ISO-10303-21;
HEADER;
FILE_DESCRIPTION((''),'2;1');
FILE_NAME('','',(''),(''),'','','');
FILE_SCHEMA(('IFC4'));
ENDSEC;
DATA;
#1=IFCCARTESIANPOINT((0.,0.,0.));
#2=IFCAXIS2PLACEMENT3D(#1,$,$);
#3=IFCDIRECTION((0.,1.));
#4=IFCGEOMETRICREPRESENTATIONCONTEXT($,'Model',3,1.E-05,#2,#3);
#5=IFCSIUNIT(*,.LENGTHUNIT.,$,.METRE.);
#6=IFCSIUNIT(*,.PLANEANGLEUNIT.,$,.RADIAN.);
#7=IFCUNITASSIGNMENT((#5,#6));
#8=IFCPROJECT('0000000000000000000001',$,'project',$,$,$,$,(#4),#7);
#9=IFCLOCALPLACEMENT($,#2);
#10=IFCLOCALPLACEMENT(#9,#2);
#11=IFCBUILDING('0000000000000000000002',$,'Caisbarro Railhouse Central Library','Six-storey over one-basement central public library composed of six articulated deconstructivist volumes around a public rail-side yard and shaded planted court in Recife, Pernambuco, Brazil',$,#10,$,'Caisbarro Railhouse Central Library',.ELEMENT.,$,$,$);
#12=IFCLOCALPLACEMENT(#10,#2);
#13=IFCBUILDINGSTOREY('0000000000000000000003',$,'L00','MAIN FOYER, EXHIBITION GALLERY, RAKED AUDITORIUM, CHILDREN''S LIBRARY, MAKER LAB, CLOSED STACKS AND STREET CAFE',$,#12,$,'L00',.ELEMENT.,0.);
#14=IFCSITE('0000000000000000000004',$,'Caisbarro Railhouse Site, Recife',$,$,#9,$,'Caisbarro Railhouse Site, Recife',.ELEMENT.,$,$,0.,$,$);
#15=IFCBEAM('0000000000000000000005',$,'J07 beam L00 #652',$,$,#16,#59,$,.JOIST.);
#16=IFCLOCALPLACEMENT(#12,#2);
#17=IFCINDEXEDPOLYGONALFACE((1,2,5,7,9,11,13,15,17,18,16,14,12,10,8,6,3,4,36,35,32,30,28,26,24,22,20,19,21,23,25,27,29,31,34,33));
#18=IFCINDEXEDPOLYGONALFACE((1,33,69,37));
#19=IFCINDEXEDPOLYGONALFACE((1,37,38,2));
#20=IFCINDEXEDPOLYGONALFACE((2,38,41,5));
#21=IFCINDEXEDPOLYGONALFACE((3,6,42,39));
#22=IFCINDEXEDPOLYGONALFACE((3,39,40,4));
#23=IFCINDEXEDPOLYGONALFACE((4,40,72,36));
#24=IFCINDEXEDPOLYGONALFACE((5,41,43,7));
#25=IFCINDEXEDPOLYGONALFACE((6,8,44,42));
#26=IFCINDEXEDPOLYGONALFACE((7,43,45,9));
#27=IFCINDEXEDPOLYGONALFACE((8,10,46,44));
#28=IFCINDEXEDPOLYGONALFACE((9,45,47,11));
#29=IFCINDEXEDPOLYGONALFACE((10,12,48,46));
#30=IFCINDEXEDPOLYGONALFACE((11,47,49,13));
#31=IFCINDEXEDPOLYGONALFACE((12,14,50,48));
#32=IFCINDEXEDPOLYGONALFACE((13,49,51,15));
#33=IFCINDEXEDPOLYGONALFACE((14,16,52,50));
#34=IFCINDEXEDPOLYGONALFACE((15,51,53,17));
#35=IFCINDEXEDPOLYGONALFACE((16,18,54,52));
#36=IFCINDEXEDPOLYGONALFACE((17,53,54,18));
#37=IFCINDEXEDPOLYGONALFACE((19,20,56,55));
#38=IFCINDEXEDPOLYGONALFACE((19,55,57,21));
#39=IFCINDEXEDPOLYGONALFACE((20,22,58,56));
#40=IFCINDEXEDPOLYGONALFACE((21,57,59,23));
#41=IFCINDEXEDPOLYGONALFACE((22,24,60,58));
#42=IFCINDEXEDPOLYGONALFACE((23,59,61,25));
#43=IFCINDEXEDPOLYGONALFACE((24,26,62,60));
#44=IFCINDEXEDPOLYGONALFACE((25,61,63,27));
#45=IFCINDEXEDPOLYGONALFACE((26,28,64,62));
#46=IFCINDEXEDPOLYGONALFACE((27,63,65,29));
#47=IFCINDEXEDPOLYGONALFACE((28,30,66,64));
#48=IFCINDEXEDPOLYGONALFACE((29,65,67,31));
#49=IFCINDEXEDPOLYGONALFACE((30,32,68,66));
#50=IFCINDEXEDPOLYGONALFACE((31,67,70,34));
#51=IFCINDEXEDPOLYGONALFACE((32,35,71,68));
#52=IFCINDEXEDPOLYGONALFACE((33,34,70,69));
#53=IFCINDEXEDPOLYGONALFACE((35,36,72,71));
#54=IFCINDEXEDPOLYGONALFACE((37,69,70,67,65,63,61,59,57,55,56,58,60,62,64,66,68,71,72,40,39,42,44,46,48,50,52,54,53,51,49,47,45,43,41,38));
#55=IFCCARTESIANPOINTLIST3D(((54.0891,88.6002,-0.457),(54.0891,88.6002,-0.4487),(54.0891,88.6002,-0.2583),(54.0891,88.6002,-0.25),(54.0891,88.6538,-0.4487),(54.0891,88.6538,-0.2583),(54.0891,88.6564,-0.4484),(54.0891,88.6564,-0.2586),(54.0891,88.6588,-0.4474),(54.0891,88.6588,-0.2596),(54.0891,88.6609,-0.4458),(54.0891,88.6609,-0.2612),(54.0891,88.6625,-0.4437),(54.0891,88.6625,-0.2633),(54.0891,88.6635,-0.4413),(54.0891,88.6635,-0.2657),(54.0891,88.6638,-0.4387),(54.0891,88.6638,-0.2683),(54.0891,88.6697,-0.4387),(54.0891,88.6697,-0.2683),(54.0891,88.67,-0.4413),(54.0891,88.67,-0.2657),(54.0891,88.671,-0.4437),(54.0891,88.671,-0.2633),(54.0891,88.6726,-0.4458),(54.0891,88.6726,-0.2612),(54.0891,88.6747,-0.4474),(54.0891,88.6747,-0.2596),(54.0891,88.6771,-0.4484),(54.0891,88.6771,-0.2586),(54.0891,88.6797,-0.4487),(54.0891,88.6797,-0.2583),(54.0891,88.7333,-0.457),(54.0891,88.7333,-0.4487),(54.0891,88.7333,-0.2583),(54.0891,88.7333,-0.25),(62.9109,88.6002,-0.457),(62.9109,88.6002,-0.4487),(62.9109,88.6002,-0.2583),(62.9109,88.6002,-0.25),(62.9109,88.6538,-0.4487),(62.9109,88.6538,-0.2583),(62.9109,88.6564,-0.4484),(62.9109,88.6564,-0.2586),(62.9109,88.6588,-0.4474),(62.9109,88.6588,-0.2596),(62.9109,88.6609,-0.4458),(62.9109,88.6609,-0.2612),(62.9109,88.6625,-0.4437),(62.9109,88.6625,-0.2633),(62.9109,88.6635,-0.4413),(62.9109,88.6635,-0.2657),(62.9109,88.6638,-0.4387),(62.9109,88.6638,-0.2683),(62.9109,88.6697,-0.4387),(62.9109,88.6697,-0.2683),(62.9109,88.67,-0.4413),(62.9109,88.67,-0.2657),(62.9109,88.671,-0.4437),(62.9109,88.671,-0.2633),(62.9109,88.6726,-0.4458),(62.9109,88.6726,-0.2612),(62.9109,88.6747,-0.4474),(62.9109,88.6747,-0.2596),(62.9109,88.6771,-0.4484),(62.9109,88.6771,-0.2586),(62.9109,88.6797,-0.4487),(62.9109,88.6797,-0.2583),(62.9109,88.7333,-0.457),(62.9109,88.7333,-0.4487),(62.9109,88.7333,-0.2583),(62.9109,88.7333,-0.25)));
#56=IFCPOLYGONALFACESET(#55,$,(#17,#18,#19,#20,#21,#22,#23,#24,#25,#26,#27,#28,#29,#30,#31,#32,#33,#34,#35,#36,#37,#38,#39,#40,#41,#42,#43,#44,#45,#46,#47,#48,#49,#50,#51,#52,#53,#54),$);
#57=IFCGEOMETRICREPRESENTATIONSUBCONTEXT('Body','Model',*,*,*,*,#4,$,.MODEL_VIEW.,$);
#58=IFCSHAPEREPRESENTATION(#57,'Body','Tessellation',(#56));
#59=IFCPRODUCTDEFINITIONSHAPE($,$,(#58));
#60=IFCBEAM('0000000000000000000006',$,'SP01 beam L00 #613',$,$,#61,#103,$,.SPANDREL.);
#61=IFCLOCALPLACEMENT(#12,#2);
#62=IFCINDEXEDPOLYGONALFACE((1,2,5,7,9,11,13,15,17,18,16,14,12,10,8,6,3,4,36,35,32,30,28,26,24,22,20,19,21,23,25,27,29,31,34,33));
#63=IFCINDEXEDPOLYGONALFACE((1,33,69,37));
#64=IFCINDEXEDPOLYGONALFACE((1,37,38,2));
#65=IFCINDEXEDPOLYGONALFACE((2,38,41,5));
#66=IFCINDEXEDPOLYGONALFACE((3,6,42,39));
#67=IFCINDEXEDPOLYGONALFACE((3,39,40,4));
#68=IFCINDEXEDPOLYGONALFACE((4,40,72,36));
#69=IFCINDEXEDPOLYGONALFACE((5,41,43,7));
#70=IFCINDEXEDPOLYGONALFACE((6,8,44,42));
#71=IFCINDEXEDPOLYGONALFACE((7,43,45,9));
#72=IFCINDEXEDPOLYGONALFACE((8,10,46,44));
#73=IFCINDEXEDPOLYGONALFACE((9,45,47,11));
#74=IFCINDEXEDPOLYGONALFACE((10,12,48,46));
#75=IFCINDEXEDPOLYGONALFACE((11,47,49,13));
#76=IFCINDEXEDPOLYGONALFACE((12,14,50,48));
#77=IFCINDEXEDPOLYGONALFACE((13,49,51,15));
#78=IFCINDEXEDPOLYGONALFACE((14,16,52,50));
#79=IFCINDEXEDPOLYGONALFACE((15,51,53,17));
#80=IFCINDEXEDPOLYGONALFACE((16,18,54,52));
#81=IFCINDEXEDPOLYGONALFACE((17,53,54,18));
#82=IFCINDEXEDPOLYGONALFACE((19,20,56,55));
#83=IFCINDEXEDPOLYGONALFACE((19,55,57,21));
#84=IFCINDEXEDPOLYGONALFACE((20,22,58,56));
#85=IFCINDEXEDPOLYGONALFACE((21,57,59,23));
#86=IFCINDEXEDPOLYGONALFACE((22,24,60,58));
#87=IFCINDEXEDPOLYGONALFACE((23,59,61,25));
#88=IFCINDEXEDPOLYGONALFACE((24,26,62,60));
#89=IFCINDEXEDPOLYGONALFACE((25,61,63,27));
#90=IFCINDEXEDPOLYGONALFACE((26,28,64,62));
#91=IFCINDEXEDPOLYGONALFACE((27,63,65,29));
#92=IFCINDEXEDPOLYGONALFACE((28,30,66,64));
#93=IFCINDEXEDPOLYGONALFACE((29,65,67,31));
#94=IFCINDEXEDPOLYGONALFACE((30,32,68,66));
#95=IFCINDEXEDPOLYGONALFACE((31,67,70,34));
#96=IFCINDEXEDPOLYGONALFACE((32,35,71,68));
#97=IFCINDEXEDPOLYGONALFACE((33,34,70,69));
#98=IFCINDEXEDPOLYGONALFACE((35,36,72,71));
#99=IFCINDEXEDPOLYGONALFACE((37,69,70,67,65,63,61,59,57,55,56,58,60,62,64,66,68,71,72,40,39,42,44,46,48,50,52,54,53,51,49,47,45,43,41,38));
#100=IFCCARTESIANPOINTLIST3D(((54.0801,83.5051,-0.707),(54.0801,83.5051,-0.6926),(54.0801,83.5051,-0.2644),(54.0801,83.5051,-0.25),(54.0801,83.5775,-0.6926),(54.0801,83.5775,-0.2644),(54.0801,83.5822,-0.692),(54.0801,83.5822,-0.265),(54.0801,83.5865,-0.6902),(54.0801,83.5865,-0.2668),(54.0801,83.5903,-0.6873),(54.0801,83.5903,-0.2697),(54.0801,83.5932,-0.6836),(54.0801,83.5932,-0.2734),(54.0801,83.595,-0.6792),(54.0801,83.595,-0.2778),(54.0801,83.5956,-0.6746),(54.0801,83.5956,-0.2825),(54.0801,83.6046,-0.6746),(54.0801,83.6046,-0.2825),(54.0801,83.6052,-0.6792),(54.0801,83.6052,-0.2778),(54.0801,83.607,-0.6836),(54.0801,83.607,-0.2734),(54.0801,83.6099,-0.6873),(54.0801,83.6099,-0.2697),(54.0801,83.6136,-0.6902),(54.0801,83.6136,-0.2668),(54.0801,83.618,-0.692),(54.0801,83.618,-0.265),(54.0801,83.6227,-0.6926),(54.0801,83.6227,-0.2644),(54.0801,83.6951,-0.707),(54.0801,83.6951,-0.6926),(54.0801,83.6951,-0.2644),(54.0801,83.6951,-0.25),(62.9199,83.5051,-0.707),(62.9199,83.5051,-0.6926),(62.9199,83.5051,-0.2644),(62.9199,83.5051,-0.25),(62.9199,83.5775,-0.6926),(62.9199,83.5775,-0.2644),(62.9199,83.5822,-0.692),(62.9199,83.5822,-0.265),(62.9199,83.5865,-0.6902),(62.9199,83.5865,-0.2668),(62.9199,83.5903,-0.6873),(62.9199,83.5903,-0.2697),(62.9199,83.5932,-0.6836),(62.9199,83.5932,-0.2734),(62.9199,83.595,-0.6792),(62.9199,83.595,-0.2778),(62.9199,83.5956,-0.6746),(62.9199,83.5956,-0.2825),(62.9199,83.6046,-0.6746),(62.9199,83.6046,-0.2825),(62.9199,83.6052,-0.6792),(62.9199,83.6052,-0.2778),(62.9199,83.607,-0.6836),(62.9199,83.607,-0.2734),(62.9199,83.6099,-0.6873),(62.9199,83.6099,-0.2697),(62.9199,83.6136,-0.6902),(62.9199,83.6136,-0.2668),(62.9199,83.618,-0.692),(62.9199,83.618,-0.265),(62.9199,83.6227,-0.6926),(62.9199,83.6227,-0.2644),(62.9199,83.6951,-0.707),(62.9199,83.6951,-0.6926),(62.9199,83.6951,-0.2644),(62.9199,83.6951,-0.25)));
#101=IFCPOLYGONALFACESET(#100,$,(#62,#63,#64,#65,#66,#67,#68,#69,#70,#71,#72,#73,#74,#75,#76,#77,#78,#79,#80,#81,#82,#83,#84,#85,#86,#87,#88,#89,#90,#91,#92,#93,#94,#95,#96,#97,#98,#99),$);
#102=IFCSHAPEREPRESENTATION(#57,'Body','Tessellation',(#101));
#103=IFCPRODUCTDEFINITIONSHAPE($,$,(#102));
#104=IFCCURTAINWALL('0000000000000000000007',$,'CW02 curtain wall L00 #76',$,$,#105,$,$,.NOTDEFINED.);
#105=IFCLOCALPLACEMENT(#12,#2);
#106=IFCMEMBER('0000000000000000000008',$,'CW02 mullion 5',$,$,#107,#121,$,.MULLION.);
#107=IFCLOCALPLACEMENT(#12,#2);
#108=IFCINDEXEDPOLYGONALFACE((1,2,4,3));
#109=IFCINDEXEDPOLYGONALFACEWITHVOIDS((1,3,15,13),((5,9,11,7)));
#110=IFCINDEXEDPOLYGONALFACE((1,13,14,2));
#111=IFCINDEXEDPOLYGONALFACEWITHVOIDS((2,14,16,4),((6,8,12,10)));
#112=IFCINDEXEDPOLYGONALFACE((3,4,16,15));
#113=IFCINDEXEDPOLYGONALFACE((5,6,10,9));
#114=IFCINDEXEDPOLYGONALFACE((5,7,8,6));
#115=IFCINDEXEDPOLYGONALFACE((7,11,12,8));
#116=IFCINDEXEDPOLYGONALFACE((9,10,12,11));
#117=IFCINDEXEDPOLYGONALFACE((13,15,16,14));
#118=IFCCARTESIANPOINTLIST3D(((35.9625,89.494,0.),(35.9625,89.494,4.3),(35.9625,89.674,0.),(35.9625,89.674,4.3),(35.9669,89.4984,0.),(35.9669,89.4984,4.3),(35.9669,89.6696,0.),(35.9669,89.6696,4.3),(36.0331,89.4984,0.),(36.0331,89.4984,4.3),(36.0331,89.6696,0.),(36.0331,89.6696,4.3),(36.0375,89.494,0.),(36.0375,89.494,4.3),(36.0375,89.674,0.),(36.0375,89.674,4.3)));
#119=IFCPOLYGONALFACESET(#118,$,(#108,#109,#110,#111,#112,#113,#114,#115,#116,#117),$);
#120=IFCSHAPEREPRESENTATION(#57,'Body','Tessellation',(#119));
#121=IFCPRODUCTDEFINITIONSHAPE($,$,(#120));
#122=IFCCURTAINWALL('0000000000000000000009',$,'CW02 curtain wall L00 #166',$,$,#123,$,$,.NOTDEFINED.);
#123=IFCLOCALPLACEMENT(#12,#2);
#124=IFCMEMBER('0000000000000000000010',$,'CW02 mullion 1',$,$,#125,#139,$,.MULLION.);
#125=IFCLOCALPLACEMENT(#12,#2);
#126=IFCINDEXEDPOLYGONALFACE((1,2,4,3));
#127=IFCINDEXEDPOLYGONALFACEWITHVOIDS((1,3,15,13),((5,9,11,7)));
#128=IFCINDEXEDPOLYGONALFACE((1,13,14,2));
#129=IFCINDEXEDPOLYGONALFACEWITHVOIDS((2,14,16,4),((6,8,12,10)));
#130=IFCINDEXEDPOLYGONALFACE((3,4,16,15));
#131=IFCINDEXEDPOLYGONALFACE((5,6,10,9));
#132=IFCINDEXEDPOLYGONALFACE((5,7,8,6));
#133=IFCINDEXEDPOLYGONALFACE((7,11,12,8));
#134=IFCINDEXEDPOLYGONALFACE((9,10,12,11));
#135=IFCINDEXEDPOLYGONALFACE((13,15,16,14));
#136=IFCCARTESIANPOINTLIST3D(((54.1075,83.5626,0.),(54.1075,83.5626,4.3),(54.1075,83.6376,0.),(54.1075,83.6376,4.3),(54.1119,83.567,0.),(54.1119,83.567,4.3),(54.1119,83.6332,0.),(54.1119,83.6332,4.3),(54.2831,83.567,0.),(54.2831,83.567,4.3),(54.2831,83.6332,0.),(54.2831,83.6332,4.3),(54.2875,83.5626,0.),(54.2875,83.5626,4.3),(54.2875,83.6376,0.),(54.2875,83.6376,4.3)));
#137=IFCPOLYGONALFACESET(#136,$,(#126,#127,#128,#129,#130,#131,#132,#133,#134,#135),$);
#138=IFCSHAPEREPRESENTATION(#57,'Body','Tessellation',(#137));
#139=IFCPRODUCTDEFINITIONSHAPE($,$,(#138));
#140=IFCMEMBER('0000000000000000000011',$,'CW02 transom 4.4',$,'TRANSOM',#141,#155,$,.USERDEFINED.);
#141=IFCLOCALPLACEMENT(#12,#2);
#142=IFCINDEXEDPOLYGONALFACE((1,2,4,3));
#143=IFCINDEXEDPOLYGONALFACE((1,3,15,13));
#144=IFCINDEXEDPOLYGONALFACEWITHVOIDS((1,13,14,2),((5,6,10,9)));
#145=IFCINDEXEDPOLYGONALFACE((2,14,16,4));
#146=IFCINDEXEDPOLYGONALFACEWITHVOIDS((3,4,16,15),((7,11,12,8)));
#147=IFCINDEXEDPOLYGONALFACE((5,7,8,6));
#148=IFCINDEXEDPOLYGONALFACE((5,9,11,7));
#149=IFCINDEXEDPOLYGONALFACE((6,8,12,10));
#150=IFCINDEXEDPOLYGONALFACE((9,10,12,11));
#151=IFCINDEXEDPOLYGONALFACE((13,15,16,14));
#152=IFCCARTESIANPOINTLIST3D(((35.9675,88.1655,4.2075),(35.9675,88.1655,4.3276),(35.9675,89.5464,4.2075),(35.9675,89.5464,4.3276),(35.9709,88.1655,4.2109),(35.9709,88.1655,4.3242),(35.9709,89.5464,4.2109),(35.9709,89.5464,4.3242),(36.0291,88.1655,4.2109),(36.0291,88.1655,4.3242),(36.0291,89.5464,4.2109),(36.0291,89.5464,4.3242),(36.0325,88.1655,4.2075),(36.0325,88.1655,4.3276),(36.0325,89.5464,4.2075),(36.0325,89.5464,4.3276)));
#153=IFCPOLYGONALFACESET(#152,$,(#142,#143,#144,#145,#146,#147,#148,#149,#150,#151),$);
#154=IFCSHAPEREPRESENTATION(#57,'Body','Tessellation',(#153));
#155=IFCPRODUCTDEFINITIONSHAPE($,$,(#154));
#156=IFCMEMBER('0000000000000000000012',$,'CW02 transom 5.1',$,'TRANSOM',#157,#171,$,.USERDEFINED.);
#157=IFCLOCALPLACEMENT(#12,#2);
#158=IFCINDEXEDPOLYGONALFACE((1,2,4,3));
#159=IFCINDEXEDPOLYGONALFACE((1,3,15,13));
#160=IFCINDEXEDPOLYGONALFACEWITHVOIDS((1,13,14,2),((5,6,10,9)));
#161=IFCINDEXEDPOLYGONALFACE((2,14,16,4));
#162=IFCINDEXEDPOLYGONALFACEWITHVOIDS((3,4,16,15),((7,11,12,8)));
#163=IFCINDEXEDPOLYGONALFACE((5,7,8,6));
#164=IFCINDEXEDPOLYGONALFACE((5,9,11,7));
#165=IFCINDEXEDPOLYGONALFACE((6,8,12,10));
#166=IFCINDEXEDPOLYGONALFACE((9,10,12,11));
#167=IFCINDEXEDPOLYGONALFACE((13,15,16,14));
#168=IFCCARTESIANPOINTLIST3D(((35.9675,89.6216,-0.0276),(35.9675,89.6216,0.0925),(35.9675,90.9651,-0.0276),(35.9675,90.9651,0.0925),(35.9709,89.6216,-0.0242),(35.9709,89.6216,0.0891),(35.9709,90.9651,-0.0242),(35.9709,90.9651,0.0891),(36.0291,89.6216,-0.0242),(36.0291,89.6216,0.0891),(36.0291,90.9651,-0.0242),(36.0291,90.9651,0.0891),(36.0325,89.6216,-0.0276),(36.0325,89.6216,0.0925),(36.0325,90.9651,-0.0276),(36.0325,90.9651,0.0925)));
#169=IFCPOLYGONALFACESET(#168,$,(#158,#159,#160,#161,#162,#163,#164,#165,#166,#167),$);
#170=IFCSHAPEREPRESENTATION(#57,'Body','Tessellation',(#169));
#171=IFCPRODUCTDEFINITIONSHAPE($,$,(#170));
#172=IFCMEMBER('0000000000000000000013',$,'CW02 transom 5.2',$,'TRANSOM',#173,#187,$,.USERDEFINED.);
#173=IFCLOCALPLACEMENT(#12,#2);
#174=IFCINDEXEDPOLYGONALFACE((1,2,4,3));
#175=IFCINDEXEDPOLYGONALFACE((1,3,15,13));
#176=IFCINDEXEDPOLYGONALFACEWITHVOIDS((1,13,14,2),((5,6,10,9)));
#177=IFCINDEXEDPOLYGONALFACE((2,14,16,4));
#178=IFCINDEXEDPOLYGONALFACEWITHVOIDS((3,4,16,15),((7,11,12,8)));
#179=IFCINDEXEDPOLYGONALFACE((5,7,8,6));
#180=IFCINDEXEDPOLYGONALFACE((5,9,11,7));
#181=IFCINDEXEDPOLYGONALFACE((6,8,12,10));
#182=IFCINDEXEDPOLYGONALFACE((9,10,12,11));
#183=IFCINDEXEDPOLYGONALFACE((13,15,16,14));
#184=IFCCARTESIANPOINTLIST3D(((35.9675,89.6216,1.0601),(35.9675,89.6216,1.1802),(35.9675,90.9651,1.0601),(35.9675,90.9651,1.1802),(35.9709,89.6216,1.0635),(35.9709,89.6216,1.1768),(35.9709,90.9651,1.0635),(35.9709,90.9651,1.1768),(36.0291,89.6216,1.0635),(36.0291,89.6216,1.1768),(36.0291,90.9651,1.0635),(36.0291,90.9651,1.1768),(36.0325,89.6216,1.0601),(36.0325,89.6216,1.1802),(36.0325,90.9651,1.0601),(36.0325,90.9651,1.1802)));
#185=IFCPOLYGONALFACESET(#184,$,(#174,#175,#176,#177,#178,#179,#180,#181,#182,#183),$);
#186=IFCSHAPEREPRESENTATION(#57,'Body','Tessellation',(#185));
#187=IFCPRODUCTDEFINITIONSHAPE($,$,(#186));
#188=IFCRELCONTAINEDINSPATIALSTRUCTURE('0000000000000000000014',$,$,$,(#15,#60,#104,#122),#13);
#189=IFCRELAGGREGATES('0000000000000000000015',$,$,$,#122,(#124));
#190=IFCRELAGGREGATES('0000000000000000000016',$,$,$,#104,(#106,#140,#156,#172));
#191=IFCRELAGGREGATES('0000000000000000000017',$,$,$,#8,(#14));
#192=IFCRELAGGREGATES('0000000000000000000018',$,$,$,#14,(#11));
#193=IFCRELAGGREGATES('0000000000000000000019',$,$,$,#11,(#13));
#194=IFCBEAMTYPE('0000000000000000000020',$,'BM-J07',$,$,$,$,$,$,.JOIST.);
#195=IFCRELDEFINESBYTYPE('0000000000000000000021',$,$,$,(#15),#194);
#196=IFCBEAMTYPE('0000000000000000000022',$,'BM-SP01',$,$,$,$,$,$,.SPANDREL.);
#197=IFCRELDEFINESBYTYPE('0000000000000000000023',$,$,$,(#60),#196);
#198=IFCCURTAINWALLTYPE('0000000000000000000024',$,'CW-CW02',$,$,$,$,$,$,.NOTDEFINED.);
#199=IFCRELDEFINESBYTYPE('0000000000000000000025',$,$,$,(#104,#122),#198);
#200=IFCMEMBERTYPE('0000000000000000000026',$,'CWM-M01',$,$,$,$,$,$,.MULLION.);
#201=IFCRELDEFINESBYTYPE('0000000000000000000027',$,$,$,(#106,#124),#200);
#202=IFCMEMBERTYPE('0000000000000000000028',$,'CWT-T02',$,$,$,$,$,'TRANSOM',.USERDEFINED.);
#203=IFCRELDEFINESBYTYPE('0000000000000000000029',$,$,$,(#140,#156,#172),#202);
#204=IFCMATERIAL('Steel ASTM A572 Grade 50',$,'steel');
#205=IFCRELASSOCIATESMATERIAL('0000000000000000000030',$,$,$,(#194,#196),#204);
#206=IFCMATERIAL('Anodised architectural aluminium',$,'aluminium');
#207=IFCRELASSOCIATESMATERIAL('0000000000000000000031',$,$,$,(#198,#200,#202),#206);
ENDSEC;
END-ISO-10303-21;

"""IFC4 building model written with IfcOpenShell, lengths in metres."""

from ifc_helpers import new_model, si_unit, direction, frame, origin, origin_2d, place, context, subcontext, project, spatial, hollow_rectangle, i_section, extrude, material, material_profile, profile_set, type_object, element, aggregate, save


model = new_model("IFC4")

# Units and contexts
model_context = context("Model", 3, precision=1e-05, world=origin(), true_north=direction((0.0, 1.0)))
body_context = subcontext(model_context, "Body", "Model", "MODEL_VIEW")
ifc_project = project(units=[si_unit("LENGTHUNIT", "METRE"), si_unit("PLANEANGLEUNIT", "RADIAN")], contexts=[model_context])

# Site, building, storey
site_placement = place(None, origin())
site = spatial("IfcSite", under=ifc_project, at=site_placement, Name="Caisbarro Railhouse Site, Recife", LongName="Caisbarro Railhouse Site, Recife", CompositionType="ELEMENT", RefElevation=0.0)
building_placement = place(site_placement, origin())
building = spatial("IfcBuilding", under=site, at=building_placement, Name="Caisbarro Railhouse Central Library", Description="Six-storey over one-basement central public library composed of six articulated deconstructivist volumes around a public rail-side yard and shaded planted court in Recife, Pernambuco, Brazil", LongName="Caisbarro Railhouse Central Library", CompositionType="ELEMENT")
storey_placement = place(building_placement, origin())
storey = spatial("IfcBuildingStorey", under=building, at=storey_placement, Name="L00", Description="MAIN FOYER, EXHIBITION GALLERY, RAKED AUDITORIUM, CHILDREN'S LIBRARY, MAKER LAB, CLOSED STACKS AND STREET CAFE", LongName="L00", CompositionType="ELEMENT", Elevation=0.0)

# Shared definitions
ifc_material_1 = material(Name="Steel ASTM A572 Grade 50", Category="steel")

# Beams
ifc_material_profile_1 = material_profile(ifc_material_1, i_section(OverallWidth=0.1331, OverallDepth=0.207, WebThickness=0.0059, FlangeThickness=0.0083, FilletRadius=0.01, at=origin_2d()), Name="W200X26.6")
ifc_profile_set_1 = profile_set([ifc_material_profile_1], Name="Steel ASTM A572 Grade 50")
beam_type_1 = type_object("IfcBeamType", Name="BM-J07", PredefinedType="JOIST", material=ifc_profile_set_1)
for number, where, z_axis, x_axis, name in (
    (1, (54.0891, 88.6667, -0.3535), (1.0, 0.0, 0.0), (0.0, 1.0, 0.0), "J07 beam L00 #652"),
):
    element("IfcBeam", number, at=place(storey_placement, frame(where, z_axis=z_axis, x_axis=x_axis)), inside=storey, type_object=beam_type_1, Name=name, PredefinedType="JOIST", context=body_context, shape_type="SweptSolid", body=[
        extrude(i_section(OverallWidth=0.1331, OverallDepth=0.207, WebThickness=0.0059, FlangeThickness=0.0083, FilletRadius=0.01, at=origin_2d()), origin(), (0.0, 0.0, 1.0), 8.8218),
    ])
ifc_material_profile_2 = material_profile(ifc_material_1, i_section(OverallWidth=0.1899, OverallDepth=0.457, WebThickness=0.009, FlangeThickness=0.0144, FilletRadius=0.0181, at=origin_2d()), Name="W460X74.0")
ifc_profile_set_2 = profile_set([ifc_material_profile_2], Name="Steel ASTM A572 Grade 50")
beam_type_2 = type_object("IfcBeamType", Name="BM-SP01", PredefinedType="SPANDREL", material=ifc_profile_set_2)
beam_1_placement = place(storey_placement, frame((54.0801, 83.6001, -0.4785), z_axis=(1.0, 0.0, 0.0), x_axis=(0.0, 1.0, 0.0)))
element("IfcBeam", 2, at=beam_1_placement, inside=storey, type_object=beam_type_2, Name="SP01 beam L00 #613", PredefinedType="SPANDREL", context=body_context, shape_type="SweptSolid", body=[
    extrude(i_section(OverallWidth=0.1899, OverallDepth=0.457, WebThickness=0.009, FlangeThickness=0.0144, FilletRadius=0.0181, at=origin_2d()), origin(), (0.0, 0.0, 1.0), 8.8398),
])

# Curtain walls, members
ifc_material_2 = material(Name="Anodised architectural aluminium", Category="aluminium")
curtain_wall_type = type_object("IfcCurtainWallType", Name="CW-CW02", PredefinedType="NOTDEFINED", material=ifc_material_2)
curtain_wall_1_placement = place(storey_placement, origin())
curtain_wall_1 = element("IfcCurtainWall", 3, at=curtain_wall_1_placement, inside=storey, type_object=curtain_wall_type, Name="CW02 curtain wall L00 #76", PredefinedType="NOTDEFINED")
ifc_material_profile_3 = material_profile(ifc_material_2, hollow_rectangle(XDim=0.075, YDim=0.1799, WallThickness=0.0044, at=origin_2d()), Name="ALU-MUL-75X180")
ifc_profile_set_3 = profile_set([ifc_material_profile_3], Name="Anodised architectural aluminium")
member_type_1 = type_object("IfcMemberType", Name="CWM-M01", PredefinedType="MULLION", material=ifc_profile_set_3)
member_1_placement = place(storey_placement, frame((36.0, 89.584, 0.0), z_axis=(0.0, 0.0, 1.0), x_axis=(-1.0, 0.0, 0.0)))
member_1 = element("IfcMember", 4, at=member_1_placement, type_object=member_type_1, Name="CW02 mullion 5", PredefinedType="MULLION", context=body_context, shape_type="SweptSolid", body=[
    extrude(hollow_rectangle(XDim=0.075, YDim=0.1799, WallThickness=0.0044, at=origin_2d()), origin(), (0.0, 0.0, 1.0), 4.3),
])
curtain_wall_2_placement = place(storey_placement, origin())
curtain_wall_2 = element("IfcCurtainWall", 5, at=curtain_wall_2_placement, inside=storey, type_object=curtain_wall_type, Name="CW02 curtain wall L00 #166", PredefinedType="NOTDEFINED")
member_2_placement = place(storey_placement, frame((54.1975, 83.6001, 0.0), z_axis=(0.0, 0.0, 1.0), x_axis=(0.0, 1.0, 0.0)))
member_2 = element("IfcMember", 6, at=member_2_placement, type_object=member_type_1, Name="CW02 mullion 1", PredefinedType="MULLION", context=body_context, shape_type="SweptSolid", body=[
    extrude(hollow_rectangle(XDim=0.075, YDim=0.1799, WallThickness=0.0044, at=origin_2d()), origin(), (0.0, 0.0, 1.0), 4.3),
])

# Members
ifc_material_profile_4 = material_profile(ifc_material_2, hollow_rectangle(XDim=0.0649, YDim=0.1201, WallThickness=0.0034, at=origin_2d()), Name="ALU-TRN-65X120")
ifc_profile_set_4 = profile_set([ifc_material_profile_4], Name="Anodised architectural aluminium")
member_type_2 = type_object("IfcMemberType", Name="CWT-T02", ElementType="TRANSOM", PredefinedType="USERDEFINED", material=ifc_profile_set_4)
member_3_placement = place(storey_placement, frame((36.0, 88.1655, 4.2676), z_axis=(0.0, 1.0, 0.0), x_axis=(-1.0, 0.0, 0.0)))
member_3 = element("IfcMember", 7, at=member_3_placement, type_object=member_type_2, Name="CW02 transom 4.4", ObjectType="TRANSOM", PredefinedType="USERDEFINED", context=body_context, shape_type="SweptSolid", body=[
    extrude(hollow_rectangle(XDim=0.0649, YDim=0.1201, WallThickness=0.0034, at=origin_2d()), origin(), (0.0, 0.0, 1.0), 1.3809),
])
member_4_placement = place(storey_placement, frame((36.0, 89.6216, 0.0325), z_axis=(0.0, 1.0, 0.0), x_axis=(-1.0, 0.0, 0.0)))
member_4 = element("IfcMember", 8, at=member_4_placement, type_object=member_type_2, Name="CW02 transom 5.1", ObjectType="TRANSOM", PredefinedType="USERDEFINED", context=body_context, shape_type="SweptSolid", body=[
    extrude(hollow_rectangle(XDim=0.0649, YDim=0.1201, WallThickness=0.0034, at=origin_2d()), origin(), (0.0, 0.0, 1.0), 1.3435),
])
member_5_placement = place(storey_placement, frame((36.0, 89.6216, 1.1201), z_axis=(0.0, 1.0, 0.0), x_axis=(-1.0, 0.0, 0.0)))
member_5 = element("IfcMember", 9, at=member_5_placement, type_object=member_type_2, Name="CW02 transom 5.2", ObjectType="TRANSOM", PredefinedType="USERDEFINED", context=body_context, shape_type="SweptSolid", body=[
    extrude(hollow_rectangle(XDim=0.0649, YDim=0.1201, WallThickness=0.0034, at=origin_2d()), origin(), (0.0, 0.0, 1.0), 1.3435),
])
aggregate(curtain_wall_2, [member_2])

aggregate(curtain_wall_1, [member_1, member_3, member_4, member_5])

save(model, "model.ifc")
